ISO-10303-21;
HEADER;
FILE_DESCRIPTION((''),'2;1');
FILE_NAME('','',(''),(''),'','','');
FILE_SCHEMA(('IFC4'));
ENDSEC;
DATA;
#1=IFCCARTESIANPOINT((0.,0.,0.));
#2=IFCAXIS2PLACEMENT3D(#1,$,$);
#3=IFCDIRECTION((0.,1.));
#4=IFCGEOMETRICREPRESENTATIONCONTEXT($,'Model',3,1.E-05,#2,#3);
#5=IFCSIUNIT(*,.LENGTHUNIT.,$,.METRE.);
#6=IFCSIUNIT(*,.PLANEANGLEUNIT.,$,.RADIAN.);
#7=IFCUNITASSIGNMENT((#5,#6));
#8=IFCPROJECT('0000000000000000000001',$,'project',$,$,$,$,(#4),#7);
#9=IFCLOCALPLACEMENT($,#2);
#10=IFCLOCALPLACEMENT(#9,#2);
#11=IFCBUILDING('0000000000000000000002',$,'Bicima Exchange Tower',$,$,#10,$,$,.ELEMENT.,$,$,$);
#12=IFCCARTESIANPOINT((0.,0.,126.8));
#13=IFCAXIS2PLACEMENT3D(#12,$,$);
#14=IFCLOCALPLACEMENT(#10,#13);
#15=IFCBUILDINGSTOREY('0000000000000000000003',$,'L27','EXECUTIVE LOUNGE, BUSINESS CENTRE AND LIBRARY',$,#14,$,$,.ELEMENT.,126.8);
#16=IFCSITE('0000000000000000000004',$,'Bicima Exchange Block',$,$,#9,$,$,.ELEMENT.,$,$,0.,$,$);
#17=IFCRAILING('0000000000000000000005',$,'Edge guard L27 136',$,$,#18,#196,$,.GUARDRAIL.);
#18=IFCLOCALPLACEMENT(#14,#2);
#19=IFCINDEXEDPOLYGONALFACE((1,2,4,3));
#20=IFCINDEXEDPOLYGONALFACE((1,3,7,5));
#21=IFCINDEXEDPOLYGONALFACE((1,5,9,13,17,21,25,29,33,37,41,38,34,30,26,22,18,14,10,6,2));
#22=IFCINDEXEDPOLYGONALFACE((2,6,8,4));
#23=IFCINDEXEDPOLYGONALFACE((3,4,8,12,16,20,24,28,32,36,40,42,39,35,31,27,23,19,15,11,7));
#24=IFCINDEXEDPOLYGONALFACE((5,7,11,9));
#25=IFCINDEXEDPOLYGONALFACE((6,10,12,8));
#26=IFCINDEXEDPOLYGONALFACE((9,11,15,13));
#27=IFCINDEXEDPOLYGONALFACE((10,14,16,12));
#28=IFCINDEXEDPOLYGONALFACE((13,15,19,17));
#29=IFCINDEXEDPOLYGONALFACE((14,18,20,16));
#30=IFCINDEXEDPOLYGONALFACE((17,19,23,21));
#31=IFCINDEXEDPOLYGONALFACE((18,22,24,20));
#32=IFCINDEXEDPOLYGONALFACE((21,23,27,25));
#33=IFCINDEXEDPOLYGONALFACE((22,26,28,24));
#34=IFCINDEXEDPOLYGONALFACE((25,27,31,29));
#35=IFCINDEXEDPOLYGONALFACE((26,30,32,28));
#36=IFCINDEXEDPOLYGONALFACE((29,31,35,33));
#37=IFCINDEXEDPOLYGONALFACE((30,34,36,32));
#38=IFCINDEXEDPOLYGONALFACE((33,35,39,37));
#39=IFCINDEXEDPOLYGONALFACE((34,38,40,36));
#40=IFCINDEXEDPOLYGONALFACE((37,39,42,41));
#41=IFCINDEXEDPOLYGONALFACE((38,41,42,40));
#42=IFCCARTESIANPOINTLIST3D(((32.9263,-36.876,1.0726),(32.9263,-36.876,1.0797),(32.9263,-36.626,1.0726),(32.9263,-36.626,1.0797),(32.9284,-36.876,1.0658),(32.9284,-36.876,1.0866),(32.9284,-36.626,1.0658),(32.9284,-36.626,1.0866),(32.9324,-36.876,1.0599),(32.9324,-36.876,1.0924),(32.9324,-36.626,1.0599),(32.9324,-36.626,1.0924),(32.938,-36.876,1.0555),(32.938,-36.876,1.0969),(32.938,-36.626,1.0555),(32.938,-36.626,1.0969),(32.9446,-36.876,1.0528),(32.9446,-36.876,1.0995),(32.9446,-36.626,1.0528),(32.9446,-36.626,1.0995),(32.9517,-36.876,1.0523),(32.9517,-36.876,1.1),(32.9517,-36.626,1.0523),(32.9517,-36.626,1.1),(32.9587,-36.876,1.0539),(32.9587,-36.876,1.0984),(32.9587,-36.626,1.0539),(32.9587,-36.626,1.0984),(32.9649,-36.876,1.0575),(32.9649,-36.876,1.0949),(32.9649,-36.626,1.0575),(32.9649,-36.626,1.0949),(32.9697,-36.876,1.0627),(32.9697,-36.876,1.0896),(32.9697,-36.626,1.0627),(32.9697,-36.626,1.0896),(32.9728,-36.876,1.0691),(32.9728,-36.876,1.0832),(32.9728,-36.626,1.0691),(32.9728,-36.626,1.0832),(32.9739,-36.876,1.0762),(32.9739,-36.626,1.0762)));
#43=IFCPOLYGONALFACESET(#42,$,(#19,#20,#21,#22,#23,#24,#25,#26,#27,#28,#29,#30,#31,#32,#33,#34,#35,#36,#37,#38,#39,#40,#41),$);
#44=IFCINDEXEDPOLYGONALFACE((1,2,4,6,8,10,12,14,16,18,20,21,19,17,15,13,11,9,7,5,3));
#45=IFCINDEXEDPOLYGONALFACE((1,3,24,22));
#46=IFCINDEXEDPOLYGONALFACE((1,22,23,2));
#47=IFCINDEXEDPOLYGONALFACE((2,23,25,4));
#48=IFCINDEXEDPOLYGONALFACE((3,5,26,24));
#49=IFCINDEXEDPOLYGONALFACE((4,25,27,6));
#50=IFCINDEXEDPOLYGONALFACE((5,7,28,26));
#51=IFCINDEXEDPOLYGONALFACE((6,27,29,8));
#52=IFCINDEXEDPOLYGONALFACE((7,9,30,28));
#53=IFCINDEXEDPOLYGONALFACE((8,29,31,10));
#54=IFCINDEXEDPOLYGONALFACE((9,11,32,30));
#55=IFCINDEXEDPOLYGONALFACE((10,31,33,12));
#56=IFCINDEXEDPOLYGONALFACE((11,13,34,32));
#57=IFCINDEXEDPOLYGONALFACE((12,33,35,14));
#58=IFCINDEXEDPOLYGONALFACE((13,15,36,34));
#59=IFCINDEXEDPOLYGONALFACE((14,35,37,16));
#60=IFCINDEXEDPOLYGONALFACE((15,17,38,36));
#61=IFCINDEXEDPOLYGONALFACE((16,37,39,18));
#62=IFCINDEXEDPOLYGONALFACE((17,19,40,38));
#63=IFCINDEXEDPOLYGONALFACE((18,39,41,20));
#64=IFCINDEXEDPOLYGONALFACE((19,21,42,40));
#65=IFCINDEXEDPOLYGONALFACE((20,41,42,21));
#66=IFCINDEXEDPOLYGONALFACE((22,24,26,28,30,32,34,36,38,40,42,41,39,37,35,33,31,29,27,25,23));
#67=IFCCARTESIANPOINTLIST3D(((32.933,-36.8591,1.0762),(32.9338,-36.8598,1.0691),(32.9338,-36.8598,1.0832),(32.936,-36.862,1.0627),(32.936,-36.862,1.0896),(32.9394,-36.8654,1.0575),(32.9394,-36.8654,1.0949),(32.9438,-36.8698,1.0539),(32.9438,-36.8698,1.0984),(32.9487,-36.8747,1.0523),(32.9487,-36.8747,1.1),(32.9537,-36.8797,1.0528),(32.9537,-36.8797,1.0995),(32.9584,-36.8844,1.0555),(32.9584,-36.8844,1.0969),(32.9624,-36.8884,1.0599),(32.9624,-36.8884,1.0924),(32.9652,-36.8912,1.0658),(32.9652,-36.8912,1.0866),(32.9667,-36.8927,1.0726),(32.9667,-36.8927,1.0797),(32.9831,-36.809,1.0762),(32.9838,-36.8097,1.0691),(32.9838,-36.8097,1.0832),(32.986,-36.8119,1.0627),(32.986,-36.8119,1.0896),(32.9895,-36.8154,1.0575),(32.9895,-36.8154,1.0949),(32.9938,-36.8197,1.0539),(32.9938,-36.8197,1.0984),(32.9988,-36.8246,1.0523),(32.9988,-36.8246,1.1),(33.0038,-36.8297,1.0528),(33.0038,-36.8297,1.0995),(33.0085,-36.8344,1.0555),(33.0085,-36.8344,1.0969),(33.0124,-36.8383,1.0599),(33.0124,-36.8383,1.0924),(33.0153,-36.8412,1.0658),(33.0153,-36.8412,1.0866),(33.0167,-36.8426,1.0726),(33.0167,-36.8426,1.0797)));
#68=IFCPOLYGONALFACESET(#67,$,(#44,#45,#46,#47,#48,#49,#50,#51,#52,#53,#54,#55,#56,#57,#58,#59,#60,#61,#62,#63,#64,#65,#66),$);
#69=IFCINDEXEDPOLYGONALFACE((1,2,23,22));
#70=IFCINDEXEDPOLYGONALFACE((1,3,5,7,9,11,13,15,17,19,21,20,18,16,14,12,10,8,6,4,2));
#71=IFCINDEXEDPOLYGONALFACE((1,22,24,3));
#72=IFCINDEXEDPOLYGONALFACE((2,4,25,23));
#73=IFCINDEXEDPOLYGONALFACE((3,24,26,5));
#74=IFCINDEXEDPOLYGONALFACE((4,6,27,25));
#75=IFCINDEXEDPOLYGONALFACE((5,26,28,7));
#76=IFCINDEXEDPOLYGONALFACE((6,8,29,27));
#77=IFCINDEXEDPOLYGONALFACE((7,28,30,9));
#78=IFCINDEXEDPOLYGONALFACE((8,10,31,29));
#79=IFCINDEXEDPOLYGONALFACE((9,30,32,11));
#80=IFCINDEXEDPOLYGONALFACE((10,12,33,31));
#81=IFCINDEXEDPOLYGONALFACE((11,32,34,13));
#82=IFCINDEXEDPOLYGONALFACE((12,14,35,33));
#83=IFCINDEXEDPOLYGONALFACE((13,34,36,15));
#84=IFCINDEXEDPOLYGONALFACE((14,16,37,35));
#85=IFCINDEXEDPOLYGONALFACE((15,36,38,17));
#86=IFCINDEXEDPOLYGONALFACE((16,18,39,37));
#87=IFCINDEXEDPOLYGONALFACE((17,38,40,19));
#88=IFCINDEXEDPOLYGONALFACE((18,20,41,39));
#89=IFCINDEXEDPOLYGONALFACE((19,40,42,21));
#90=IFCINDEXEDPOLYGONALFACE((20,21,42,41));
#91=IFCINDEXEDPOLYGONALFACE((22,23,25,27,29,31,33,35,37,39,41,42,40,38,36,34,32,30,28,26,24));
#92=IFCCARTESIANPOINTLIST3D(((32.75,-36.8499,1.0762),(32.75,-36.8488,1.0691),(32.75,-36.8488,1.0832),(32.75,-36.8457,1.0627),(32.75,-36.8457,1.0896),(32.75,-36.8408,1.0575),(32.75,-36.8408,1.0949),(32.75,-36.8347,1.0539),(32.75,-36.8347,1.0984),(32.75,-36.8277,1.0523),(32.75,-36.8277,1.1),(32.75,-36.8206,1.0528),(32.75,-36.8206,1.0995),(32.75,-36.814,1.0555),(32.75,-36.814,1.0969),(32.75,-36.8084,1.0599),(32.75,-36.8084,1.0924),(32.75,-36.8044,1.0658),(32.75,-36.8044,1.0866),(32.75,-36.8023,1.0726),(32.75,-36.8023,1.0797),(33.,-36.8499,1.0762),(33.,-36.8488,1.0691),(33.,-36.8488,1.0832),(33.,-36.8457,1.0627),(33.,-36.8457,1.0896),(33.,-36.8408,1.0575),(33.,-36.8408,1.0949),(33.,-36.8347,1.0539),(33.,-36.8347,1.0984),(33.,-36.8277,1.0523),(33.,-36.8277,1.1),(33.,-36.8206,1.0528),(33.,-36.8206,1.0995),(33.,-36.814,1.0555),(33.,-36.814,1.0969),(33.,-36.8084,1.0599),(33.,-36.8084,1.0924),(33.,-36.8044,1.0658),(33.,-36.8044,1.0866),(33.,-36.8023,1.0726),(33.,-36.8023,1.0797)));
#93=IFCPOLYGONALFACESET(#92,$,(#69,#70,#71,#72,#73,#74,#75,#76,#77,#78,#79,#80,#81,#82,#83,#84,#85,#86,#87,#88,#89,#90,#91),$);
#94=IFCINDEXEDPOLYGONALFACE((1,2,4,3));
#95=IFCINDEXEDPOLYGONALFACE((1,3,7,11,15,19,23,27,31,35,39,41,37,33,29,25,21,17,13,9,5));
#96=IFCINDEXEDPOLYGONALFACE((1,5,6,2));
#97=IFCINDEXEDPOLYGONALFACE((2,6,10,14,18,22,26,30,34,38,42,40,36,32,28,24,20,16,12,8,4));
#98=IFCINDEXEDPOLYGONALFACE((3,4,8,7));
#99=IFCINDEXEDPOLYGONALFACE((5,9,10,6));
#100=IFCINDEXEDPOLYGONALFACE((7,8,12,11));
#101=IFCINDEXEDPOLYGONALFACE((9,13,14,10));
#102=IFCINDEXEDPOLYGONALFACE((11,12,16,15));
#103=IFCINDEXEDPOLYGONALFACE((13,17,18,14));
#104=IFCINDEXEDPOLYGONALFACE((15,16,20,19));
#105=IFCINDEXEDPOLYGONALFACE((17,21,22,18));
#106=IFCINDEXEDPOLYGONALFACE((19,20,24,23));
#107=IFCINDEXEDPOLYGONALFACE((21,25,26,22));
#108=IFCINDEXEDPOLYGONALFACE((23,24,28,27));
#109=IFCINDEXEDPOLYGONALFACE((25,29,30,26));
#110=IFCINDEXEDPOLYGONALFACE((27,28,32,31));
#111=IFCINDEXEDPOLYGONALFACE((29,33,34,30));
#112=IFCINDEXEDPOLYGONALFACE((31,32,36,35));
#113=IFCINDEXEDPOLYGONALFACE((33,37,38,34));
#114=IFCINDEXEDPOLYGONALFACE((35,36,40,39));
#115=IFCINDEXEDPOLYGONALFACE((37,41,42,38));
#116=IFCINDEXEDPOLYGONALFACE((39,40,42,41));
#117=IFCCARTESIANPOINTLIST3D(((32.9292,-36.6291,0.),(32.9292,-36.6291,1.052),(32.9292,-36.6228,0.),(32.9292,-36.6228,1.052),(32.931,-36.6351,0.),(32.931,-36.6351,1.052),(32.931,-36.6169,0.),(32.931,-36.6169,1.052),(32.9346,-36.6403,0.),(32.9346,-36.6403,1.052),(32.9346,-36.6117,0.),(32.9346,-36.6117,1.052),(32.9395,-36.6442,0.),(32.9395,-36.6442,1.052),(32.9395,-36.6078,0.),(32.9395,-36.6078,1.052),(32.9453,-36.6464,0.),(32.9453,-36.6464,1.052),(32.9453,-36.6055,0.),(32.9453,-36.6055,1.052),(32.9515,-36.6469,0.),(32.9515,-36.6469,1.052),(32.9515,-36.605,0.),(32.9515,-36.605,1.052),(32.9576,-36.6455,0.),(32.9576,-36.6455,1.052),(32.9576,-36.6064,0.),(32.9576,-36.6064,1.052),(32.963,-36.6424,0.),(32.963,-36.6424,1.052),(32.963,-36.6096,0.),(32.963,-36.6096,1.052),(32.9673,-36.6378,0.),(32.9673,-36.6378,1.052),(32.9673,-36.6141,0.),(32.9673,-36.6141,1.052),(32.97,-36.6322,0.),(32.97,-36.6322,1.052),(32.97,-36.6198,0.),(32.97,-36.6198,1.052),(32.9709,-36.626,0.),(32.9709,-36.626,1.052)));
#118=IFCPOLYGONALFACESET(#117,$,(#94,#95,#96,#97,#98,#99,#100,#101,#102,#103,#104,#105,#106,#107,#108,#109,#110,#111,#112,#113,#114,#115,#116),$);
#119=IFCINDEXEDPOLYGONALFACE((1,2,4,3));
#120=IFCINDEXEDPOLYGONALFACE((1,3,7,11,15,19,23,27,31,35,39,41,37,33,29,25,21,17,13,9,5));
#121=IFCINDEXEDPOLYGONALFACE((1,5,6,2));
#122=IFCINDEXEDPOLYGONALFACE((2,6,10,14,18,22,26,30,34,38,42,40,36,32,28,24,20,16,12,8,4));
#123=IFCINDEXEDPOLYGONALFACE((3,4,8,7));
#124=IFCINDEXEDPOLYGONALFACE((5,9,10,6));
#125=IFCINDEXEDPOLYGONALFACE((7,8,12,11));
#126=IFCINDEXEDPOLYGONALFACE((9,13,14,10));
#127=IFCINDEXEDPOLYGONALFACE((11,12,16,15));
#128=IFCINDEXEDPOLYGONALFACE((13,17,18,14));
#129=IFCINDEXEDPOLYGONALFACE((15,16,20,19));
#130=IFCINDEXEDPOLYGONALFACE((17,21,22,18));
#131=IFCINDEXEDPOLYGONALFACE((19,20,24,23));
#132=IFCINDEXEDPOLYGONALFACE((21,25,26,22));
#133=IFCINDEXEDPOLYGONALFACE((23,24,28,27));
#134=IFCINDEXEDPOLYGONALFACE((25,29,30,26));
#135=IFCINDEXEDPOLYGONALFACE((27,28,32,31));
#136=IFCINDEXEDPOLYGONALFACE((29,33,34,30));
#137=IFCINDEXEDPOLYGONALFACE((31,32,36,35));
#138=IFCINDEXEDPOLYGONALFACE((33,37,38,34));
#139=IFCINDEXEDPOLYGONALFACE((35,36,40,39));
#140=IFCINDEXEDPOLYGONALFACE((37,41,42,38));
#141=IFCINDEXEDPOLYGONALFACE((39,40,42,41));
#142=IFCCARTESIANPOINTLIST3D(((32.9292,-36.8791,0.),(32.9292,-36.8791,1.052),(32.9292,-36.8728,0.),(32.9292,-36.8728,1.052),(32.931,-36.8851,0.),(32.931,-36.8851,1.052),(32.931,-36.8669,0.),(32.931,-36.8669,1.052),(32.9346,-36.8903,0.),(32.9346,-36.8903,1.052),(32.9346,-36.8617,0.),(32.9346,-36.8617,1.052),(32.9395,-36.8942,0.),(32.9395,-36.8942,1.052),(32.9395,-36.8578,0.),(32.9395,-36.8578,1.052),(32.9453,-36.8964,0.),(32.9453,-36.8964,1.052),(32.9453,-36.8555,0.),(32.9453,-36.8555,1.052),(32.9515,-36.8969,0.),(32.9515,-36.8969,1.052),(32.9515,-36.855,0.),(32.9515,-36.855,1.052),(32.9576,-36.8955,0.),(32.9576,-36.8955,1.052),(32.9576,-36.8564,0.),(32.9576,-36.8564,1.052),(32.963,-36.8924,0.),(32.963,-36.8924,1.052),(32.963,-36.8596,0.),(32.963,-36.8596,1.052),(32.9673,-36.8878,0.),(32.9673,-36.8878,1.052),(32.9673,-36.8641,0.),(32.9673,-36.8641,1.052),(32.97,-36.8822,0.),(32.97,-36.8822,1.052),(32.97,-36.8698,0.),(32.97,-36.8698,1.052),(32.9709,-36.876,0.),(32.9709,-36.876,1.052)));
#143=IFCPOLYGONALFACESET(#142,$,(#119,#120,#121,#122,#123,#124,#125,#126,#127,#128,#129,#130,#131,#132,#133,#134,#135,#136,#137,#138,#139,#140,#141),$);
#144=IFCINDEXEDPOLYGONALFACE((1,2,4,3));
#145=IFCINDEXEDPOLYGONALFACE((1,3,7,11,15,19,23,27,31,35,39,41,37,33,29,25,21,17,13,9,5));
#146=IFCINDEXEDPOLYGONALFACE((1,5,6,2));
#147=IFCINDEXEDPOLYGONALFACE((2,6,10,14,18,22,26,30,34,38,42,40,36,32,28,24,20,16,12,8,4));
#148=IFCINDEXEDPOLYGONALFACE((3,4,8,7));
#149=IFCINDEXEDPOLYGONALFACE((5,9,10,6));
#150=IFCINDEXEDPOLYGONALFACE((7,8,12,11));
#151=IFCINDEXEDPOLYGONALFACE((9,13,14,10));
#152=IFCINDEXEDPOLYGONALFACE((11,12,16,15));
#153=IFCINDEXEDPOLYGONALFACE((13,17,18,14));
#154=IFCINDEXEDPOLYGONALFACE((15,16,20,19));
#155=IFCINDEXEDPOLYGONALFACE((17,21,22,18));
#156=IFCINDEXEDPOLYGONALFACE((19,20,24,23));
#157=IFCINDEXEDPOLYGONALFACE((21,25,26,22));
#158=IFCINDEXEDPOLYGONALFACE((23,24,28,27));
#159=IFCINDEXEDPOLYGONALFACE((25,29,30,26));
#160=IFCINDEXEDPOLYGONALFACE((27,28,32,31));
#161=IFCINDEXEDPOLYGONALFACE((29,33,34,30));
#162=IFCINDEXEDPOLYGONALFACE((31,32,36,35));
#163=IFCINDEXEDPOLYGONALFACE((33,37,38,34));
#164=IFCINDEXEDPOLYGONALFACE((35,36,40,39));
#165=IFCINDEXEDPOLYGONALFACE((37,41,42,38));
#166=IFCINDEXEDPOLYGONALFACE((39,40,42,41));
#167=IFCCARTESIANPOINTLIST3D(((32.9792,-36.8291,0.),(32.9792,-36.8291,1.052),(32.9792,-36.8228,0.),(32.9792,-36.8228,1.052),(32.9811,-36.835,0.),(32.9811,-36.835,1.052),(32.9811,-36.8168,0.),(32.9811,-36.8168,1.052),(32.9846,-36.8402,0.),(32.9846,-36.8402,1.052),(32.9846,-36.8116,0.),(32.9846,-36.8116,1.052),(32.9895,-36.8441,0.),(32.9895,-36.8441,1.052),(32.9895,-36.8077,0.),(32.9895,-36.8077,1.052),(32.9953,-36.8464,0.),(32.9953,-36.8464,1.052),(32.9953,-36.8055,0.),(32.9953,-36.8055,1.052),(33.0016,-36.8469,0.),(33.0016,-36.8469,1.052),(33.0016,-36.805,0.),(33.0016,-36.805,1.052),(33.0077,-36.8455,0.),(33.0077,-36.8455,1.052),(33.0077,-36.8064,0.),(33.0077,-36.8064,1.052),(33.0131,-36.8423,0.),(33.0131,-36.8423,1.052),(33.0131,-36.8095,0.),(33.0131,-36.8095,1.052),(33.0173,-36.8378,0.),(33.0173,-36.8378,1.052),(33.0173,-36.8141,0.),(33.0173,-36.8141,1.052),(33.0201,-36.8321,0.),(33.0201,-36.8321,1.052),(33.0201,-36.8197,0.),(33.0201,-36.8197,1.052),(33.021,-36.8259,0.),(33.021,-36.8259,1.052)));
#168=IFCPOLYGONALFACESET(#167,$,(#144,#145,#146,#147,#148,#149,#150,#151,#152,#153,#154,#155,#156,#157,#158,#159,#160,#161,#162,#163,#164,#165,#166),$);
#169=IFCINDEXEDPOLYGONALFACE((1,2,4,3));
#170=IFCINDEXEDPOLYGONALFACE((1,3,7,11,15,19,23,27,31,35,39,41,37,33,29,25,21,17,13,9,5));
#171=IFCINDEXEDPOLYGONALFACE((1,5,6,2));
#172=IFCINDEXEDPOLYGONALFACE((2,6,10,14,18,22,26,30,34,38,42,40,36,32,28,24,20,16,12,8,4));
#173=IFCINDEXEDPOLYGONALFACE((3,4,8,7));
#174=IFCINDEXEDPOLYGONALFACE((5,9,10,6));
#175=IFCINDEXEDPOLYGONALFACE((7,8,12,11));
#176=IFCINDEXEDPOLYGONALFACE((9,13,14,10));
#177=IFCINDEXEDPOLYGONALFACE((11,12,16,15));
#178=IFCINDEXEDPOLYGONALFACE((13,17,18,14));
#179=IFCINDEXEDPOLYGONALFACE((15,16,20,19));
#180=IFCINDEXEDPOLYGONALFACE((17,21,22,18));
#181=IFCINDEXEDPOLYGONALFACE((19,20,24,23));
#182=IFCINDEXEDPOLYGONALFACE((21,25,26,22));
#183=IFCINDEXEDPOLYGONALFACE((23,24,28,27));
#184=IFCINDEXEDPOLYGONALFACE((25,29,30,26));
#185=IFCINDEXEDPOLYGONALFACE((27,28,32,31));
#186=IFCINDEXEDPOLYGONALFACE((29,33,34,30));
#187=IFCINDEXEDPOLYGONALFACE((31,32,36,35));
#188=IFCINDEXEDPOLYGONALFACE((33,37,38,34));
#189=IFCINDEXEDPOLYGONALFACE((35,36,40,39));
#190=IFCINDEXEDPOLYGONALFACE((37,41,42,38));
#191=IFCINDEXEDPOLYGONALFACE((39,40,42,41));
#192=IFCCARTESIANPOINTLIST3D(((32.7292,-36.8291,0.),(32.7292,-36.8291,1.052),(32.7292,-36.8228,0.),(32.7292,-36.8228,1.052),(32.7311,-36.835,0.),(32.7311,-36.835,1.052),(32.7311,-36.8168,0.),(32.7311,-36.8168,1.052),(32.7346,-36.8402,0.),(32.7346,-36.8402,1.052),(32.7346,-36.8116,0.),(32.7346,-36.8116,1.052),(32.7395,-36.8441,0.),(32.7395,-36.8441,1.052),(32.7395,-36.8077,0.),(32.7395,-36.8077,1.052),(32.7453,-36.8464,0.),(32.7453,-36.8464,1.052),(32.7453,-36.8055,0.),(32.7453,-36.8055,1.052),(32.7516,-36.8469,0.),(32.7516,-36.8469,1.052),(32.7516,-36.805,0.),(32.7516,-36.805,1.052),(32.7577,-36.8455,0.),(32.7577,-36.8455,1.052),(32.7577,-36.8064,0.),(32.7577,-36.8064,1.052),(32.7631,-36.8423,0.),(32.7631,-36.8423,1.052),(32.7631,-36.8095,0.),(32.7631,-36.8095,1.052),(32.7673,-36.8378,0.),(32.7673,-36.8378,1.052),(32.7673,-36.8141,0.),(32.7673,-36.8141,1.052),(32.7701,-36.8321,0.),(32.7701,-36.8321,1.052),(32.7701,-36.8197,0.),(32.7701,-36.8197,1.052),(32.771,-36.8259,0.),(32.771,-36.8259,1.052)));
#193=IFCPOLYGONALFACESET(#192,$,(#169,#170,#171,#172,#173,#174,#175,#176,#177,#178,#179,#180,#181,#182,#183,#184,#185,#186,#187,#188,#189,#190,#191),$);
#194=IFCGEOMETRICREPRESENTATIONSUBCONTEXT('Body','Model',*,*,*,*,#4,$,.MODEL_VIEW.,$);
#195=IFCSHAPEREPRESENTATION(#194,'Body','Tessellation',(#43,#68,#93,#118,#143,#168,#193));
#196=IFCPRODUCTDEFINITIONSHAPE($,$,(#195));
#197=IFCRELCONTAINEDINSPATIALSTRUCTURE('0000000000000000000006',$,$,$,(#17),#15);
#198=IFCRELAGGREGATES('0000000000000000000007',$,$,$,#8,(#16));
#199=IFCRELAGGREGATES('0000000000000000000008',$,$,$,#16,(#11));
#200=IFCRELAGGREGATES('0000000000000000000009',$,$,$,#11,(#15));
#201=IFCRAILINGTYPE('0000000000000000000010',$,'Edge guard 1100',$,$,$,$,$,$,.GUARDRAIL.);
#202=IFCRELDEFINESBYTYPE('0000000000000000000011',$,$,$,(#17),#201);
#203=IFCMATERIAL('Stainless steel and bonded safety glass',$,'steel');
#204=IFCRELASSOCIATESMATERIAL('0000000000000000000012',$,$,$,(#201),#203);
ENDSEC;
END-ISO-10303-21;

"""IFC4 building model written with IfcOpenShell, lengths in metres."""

from ifc_helpers import new_model, si_unit, direction, frame, origin, origin_2d, place, context, subcontext, project, spatial, circle, extrude, material, type_object, element, save


model = new_model("IFC4")

# Units and contexts
model_context = context("Model", 3, precision=1e-05, world=origin(), true_north=direction((0.0, 1.0)))
body_context = subcontext(model_context, "Body", "Model", "MODEL_VIEW")
ifc_project = project(units=[si_unit("LENGTHUNIT", "METRE"), si_unit("PLANEANGLEUNIT", "RADIAN")], contexts=[model_context])

# Site, building, storey
site_placement = place(None, origin())
site = spatial("IfcSite", under=ifc_project, at=site_placement, Name="Bicima Exchange Block", CompositionType="ELEMENT", RefElevation=0.0)
building_placement = place(site_placement, origin())
building = spatial("IfcBuilding", under=site, at=building_placement, Name="Bicima Exchange Tower", CompositionType="ELEMENT")
storey_placement = place(building_placement, frame((0.0, 0.0, 126.8)))
storey = spatial("IfcBuildingStorey", under=building, at=storey_placement, Name="L27", Description="EXECUTIVE LOUNGE, BUSINESS CENTRE AND LIBRARY", CompositionType="ELEMENT", Elevation=126.8)

# Railing
ifc_material_1 = material(Name="Stainless steel and bonded safety glass", Category="steel")
railing_type = type_object("IfcRailingType", Name="Edge guard 1100", PredefinedType="GUARDRAIL", material=ifc_material_1)
railing_1_placement = place(storey_placement, frame((32.95, -36.626, 0.0)))
element("IfcRailing", 1, at=railing_1_placement, inside=storey, type_object=railing_type, Name="Edge guard L27 136", PredefinedType="GUARDRAIL", context=body_context, shape_type="SweptSolid", body=[
    extrude(circle(Radius=0.0239, at=origin_2d()), frame((0.0, 0.0, 1.0762), z_axis=(0.0, -1.0, 0.0), x_axis=(1.0, 0.0, 0.0)), (0.0, 0.0, 1.0), 0.25),
    extrude(circle(Radius=0.0239, at=origin_2d()), frame((0.0, -0.25, 1.0762), z_axis=(0.707107, 0.707107, 0.0), x_axis=(-0.707107, 0.707107, 0.0)), (0.0, 0.0, 1.0), 0.0708),
    extrude(circle(Radius=0.0239, at=origin_2d()), frame((0.05, -0.2, 1.0762), z_axis=(-1.0, 0.0, 0.0), x_axis=(0.0, -1.0, 0.0)), (0.0, 0.0, 1.0), 0.25),
    extrude(circle(Radius=0.021, at=origin_2d()), origin(), (0.0, 0.0, 1.0), 1.052),
    extrude(circle(Radius=0.021, at=origin_2d()), frame((0.0, -0.25, 0.0)), (0.0, 0.0, 1.0), 1.052),
    extrude(circle(Radius=0.021, at=origin_2d()), frame((0.05, -0.2, 0.0)), (0.0, 0.0, 1.0), 1.052),
    extrude(circle(Radius=0.021, at=origin_2d()), frame((-0.2, -0.2, 0.0)), (0.0, 0.0, 1.0), 1.052),
])

save(model, "model.ifc")
